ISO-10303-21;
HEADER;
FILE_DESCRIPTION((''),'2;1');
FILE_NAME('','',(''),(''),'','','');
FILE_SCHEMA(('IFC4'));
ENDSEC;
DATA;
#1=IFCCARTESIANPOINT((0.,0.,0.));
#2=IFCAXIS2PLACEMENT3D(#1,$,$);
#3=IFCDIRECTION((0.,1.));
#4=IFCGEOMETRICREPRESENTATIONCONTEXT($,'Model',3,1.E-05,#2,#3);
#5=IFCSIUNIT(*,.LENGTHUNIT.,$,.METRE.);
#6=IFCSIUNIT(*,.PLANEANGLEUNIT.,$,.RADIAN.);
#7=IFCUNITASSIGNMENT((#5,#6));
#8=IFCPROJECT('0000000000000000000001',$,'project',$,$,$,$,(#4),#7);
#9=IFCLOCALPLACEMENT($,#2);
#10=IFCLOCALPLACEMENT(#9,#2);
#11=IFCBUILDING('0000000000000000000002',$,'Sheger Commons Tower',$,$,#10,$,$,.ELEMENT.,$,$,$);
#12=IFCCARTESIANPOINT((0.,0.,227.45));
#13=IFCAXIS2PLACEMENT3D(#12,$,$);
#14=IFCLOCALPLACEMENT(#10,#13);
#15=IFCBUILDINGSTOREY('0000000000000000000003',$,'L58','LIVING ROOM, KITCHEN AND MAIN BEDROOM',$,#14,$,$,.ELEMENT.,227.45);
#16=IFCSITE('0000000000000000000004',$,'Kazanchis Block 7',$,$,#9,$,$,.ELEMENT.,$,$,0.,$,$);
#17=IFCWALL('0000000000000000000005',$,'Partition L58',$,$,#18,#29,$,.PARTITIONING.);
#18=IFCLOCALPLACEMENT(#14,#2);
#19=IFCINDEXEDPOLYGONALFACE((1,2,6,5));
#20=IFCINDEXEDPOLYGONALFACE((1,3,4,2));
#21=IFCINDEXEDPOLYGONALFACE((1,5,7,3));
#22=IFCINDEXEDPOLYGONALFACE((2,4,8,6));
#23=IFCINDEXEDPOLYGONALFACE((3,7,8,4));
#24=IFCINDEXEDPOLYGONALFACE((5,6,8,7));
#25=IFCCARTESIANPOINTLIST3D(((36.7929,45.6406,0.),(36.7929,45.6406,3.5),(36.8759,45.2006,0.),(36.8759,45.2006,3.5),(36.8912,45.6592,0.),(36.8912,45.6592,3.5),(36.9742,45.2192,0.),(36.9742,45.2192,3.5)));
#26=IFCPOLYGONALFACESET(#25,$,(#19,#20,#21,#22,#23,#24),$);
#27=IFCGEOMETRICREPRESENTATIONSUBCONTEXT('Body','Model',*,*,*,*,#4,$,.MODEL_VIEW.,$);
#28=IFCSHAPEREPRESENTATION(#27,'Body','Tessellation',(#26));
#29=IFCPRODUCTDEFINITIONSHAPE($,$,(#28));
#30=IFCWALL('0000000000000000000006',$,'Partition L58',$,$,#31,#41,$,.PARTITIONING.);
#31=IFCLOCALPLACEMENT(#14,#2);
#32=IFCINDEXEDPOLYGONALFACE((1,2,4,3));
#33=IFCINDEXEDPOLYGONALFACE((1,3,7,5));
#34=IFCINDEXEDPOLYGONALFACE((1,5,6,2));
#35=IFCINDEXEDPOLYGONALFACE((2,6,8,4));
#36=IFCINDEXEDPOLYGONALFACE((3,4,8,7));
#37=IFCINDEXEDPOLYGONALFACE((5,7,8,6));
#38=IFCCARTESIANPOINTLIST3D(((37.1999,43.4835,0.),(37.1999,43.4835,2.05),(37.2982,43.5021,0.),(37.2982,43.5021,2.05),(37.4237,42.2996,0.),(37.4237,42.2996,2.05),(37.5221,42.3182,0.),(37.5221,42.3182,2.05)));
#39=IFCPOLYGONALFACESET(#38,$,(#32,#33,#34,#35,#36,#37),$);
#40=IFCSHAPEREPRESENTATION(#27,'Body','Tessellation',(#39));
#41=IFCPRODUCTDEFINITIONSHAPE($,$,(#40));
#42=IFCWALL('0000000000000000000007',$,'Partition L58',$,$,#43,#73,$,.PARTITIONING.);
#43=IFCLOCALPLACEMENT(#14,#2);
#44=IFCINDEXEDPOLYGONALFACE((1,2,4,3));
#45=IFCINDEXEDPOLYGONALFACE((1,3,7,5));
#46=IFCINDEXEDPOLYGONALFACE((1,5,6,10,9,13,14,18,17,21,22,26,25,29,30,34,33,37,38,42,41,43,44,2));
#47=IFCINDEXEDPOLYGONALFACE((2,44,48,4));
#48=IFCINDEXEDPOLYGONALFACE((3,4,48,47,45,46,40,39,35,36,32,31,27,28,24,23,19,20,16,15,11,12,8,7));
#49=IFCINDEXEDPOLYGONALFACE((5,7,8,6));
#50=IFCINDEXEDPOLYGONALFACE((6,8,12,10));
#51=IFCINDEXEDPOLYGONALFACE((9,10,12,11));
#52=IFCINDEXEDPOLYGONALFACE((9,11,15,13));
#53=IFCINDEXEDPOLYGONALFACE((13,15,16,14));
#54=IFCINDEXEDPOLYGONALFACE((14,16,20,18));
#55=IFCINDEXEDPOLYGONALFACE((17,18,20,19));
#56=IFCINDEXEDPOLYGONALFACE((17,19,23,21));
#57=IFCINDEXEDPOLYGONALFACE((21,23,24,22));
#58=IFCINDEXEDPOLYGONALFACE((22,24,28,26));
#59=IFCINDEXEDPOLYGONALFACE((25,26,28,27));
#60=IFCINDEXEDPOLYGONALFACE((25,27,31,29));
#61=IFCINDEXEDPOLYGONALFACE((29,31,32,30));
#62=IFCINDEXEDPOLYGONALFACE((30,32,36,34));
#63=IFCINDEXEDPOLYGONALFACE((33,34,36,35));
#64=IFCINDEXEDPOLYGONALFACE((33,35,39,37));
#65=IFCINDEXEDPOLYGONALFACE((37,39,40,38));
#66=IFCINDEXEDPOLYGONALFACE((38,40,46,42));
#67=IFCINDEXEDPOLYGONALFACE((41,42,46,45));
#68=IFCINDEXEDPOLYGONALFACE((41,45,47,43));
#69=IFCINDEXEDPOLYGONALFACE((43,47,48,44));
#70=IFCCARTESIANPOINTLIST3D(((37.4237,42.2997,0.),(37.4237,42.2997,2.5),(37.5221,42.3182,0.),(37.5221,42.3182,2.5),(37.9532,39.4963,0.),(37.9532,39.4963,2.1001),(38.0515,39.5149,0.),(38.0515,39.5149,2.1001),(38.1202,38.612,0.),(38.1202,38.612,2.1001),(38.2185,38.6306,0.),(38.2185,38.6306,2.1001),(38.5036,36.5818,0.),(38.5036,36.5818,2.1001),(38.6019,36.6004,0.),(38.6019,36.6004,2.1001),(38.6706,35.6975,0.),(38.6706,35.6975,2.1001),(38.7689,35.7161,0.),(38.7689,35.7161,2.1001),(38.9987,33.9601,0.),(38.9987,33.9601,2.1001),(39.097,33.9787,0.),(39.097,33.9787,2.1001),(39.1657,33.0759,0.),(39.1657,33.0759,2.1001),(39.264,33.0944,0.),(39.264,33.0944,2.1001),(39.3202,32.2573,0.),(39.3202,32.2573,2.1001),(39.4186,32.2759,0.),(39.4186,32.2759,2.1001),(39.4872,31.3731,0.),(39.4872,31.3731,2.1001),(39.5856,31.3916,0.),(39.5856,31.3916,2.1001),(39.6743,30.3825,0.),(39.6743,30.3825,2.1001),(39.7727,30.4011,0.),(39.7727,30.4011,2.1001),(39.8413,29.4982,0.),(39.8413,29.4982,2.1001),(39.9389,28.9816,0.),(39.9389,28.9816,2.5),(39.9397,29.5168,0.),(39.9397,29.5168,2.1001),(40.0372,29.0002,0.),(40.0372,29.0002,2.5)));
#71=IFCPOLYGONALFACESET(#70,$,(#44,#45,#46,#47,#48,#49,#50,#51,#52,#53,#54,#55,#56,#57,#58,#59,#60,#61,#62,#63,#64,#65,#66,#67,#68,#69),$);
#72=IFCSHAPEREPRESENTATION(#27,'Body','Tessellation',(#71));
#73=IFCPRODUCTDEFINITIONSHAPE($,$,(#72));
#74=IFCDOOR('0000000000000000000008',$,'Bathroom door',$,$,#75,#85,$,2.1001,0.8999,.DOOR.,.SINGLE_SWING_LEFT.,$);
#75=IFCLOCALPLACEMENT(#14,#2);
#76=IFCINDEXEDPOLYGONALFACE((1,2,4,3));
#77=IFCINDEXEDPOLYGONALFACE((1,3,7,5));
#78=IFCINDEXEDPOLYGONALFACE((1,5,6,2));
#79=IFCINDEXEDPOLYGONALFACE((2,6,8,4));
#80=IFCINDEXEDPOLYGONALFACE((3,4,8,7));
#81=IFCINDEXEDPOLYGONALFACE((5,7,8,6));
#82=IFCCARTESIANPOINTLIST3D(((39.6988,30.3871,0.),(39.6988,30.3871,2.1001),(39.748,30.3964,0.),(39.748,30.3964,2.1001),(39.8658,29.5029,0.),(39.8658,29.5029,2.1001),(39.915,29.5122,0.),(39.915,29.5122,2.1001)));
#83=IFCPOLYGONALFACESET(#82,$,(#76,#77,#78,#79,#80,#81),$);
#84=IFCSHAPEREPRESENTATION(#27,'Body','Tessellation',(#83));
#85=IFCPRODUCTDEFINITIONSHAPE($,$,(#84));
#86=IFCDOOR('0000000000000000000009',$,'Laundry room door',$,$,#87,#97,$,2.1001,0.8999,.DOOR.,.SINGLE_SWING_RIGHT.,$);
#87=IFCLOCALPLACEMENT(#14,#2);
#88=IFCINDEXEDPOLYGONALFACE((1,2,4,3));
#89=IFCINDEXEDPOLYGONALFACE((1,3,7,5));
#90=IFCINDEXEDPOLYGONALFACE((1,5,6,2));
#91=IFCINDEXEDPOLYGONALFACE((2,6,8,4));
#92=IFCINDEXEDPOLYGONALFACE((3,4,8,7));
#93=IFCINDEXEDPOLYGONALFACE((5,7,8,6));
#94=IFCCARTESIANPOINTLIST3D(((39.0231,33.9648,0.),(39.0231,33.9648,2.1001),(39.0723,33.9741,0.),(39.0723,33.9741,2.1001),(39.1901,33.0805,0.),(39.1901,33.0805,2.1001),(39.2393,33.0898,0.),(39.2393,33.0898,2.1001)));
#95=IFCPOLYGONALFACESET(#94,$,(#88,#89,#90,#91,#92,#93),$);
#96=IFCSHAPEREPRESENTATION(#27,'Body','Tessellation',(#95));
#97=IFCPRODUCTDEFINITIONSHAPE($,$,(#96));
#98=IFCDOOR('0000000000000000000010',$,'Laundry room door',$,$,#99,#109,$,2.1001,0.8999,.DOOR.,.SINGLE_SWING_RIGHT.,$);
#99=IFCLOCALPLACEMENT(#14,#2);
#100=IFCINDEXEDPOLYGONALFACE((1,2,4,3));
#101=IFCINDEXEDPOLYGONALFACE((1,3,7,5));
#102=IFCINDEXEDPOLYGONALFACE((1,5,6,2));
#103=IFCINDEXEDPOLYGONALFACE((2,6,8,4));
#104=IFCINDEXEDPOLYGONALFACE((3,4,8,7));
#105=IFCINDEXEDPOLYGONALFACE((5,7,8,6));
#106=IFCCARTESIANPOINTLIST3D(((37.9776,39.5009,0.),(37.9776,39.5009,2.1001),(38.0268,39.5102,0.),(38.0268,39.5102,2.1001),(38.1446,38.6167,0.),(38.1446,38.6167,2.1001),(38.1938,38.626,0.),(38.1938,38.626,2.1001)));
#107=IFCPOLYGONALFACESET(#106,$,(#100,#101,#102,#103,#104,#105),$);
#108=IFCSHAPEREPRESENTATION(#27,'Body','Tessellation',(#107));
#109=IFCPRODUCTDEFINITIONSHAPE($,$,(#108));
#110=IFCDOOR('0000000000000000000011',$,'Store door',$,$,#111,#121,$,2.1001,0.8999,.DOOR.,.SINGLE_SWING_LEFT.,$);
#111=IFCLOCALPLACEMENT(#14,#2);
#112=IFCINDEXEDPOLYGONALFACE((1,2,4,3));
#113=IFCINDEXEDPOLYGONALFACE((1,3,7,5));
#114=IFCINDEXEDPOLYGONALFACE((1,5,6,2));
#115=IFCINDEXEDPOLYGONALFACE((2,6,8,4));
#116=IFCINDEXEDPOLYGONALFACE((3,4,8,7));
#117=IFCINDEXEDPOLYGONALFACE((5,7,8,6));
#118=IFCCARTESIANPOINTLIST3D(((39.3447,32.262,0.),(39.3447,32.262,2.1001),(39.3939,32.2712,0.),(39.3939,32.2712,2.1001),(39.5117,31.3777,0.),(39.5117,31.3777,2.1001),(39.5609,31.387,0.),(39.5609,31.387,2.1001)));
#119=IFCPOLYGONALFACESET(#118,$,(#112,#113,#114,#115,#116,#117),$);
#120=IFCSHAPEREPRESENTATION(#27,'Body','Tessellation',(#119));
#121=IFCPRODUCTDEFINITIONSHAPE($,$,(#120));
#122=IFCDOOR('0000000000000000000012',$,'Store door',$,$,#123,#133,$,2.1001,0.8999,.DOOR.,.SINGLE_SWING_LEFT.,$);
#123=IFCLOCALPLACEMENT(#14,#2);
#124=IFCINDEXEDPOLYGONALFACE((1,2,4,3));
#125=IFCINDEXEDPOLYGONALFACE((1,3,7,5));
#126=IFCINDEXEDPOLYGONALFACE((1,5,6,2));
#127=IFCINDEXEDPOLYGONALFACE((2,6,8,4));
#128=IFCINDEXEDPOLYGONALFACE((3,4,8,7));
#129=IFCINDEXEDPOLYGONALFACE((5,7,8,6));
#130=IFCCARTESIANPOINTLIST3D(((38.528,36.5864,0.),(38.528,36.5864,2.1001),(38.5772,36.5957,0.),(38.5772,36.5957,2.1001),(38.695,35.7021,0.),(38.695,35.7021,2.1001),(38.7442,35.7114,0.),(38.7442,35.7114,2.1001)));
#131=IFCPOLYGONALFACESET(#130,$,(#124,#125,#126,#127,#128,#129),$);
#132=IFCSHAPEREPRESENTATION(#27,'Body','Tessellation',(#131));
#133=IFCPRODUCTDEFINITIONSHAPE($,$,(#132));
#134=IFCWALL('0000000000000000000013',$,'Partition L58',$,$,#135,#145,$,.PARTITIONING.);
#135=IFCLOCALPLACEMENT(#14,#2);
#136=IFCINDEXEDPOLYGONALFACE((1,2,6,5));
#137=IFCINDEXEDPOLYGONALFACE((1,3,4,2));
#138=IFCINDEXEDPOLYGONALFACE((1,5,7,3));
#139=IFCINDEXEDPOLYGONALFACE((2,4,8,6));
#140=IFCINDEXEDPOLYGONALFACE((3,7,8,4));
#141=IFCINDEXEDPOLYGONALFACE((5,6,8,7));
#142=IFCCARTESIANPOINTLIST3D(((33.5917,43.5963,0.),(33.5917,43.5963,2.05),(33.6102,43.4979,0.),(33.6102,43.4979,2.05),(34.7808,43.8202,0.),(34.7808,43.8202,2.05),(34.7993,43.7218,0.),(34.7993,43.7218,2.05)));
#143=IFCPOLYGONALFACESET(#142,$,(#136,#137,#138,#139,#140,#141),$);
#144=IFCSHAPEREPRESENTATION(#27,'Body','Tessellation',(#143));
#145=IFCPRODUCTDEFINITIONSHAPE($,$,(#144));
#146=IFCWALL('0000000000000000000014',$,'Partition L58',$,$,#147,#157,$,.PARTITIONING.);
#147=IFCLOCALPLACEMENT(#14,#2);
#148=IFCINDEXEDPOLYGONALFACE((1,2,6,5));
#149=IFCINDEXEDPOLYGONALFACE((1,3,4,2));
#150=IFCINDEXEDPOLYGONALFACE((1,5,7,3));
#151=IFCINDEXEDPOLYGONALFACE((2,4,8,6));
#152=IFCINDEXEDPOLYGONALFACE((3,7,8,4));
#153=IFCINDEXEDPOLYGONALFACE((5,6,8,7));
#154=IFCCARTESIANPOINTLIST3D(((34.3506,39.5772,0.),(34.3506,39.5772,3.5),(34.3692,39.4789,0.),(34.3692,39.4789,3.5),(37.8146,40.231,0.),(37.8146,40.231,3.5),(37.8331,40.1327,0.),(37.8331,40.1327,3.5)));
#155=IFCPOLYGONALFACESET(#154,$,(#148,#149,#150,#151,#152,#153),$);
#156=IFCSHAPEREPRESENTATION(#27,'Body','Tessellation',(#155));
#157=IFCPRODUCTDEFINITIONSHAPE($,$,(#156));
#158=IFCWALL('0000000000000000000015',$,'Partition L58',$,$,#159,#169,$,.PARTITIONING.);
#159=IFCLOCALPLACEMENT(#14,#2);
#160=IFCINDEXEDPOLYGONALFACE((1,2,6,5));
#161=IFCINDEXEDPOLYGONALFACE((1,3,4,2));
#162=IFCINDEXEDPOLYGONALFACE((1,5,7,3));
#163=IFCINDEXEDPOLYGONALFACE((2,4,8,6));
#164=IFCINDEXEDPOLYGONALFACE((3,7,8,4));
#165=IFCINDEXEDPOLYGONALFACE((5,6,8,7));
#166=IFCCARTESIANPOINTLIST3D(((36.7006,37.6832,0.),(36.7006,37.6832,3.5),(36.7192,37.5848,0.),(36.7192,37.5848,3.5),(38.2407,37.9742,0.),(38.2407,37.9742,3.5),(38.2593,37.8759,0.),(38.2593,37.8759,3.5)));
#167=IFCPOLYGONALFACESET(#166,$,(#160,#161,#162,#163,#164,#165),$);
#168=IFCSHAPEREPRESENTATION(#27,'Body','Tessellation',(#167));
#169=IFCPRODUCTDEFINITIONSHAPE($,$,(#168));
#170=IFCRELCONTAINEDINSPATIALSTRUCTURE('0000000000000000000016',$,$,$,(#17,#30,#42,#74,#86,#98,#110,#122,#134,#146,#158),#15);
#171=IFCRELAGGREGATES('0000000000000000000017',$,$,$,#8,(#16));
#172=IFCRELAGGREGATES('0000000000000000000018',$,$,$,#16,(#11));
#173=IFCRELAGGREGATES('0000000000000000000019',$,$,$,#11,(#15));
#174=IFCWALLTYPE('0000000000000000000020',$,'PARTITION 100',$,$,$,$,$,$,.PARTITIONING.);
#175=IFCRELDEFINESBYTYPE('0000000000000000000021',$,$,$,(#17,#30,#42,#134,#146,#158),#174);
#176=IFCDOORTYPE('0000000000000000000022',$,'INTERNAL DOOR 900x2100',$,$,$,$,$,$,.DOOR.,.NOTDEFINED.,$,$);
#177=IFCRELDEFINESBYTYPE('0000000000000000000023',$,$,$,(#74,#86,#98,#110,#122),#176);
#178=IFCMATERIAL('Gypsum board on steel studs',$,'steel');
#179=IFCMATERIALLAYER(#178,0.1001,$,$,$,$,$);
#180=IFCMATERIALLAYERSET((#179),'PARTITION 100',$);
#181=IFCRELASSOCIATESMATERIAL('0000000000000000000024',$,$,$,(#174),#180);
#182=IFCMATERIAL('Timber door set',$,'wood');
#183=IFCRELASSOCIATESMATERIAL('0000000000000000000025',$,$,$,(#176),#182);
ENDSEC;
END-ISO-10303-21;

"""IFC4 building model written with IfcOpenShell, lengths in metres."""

from ifc_helpers import new_model, si_unit, direction, frame, frame_2d, origin, place, context, subcontext, project, spatial, rectangle, extrude, material, layer, layer_set, type_object, element, fill, save


model = new_model("IFC4")

# Units and contexts
model_context = context("Model", 3, precision=1e-05, world=origin(), true_north=direction((0.0, 1.0)))
body_context = subcontext(model_context, "Body", "Model", "MODEL_VIEW")
ifc_project = project(units=[si_unit("LENGTHUNIT", "METRE"), si_unit("PLANEANGLEUNIT", "RADIAN")], contexts=[model_context])

# Site, building, storey
site_placement = place(None, origin())
site = spatial("IfcSite", under=ifc_project, at=site_placement, Name="Kazanchis Block 7", CompositionType="ELEMENT", RefElevation=0.0)
building_placement = place(site_placement, origin())
building = spatial("IfcBuilding", under=site, at=building_placement, Name="Sheger Commons Tower", CompositionType="ELEMENT")
storey_placement = place(building_placement, frame((0.0, 0.0, 227.45)))
storey = spatial("IfcBuildingStorey", under=building, at=storey_placement, Name="L58", Description="LIVING ROOM, KITCHEN AND MAIN BEDROOM", CompositionType="ELEMENT", Elevation=227.45)

# Walls
ifc_material_1 = material(Name="Gypsum board on steel studs", Category="steel")
ifc_layer_1 = layer(ifc_material_1, 0.1001)
ifc_layer_set_1 = layer_set([ifc_layer_1], Name="PARTITION 100")
wall_type_1 = type_object("IfcWallType", Name="PARTITION 100", PredefinedType="PARTITIONING", material=ifc_layer_set_1)
wall_1_placement = place(storey_placement, frame((36.842, 45.6499, 0.0), z_axis=(0.0, 0.0, 1.0), x_axis=(0.185408, -0.982662, 0.0)))
element("IfcWall", 1, at=wall_1_placement, inside=storey, type_object=wall_type_1, Name="Partition L58", PredefinedType="PARTITIONING", context=body_context, shape_type="SweptSolid", body=[
    extrude(rectangle(XDim=0.4478, YDim=0.1001, at=frame_2d((0.2239, 0.0))), origin(), (0.0, 0.0, 1.0), 3.5),
])
wall_2_placement = place(storey_placement, frame((37.249, 43.4929, 0.0), z_axis=(0.0, 0.0, 1.0), x_axis=(0.185818, -0.982584, 0.0)))
element("IfcWall", 2, at=wall_2_placement, inside=storey, type_object=wall_type_1, Name="Partition L58", PredefinedType="PARTITIONING", context=body_context, shape_type="SweptSolid", body=[
    extrude(rectangle(XDim=1.2048, YDim=0.1001, at=frame_2d((0.6025, 0.0))), origin(), (0.0, 0.0, 1.0), 2.05),
])

# Wall, openings, doors
wall_3_placement = place(storey_placement, frame((37.4729, 42.3091, 0.0), z_axis=(0.0, 0.0, 1.0), x_axis=(0.185571, -0.982631, 0.0)))
wall_3 = element("IfcWall", 3, at=wall_3_placement, inside=storey, type_object=wall_type_1, Name="Partition L58", PredefinedType="PARTITIONING", context=body_context, shape_type="SweptSolid", body=[
    extrude(rectangle(XDim=13.5535, YDim=0.1001, at=frame_2d((6.7769, 0.0))), origin(), (0.0, 0.0, 1.0), 2.5),
])
opening_1_placement = place(wall_3_placement, frame((12.1279, 0.0, 0.0)))
opening_1 = element("IfcOpeningElement", 4, at=opening_1_placement, cuts=wall_3, PredefinedType="OPENING", context=body_context, shape_type="SweptSolid", body=[
    extrude(rectangle(XDim=0.8999, YDim=2.1001, at=frame_2d((0.45, 1.05))), frame((0.0, 0.0601, 0.0), z_axis=(0.0, -1.0, 0.0), x_axis=(1.0, 0.0, 0.0)), (0.0, 0.0, 1.0), 0.1201),
])
opening_2_placement = place(wall_3_placement, frame((8.4871, 0.0, 0.0)))
opening_2 = element("IfcOpeningElement", 5, at=opening_2_placement, cuts=wall_3, PredefinedType="OPENING", context=body_context, shape_type="SweptSolid", body=[
    extrude(rectangle(XDim=0.8999, YDim=2.1001, at=frame_2d((0.45, 1.05))), frame((0.0, 0.0601, 0.0), z_axis=(0.0, -1.0, 0.0), x_axis=(1.0, 0.0, 0.0)), (0.0, 0.0, 1.0), 0.1201),
])
opening_3_placement = place(wall_3_placement, frame((2.853, 0.0, 0.0)))
opening_3 = element("IfcOpeningElement", 6, at=opening_3_placement, cuts=wall_3, PredefinedType="OPENING", context=body_context, shape_type="SweptSolid", body=[
    extrude(rectangle(XDim=0.8999, YDim=2.1001, at=frame_2d((0.45, 1.05))), frame((0.0, 0.0601, 0.0), z_axis=(0.0, -1.0, 0.0), x_axis=(1.0, 0.0, 0.0)), (0.0, 0.0, 1.0), 0.1201),
])
opening_4_placement = place(wall_3_placement, frame((10.22, 0.0, 0.0)))
opening_4 = element("IfcOpeningElement", 7, at=opening_4_placement, cuts=wall_3, PredefinedType="OPENING", context=body_context, shape_type="SweptSolid", body=[
    extrude(rectangle(XDim=0.8999, YDim=2.1001, at=frame_2d((0.45, 1.05))), frame((0.0, 0.0601, 0.0), z_axis=(0.0, -1.0, 0.0), x_axis=(1.0, 0.0, 0.0)), (0.0, 0.0, 1.0), 0.1201),
])
opening_5_placement = place(wall_3_placement, frame((5.8191, 0.0, 0.0)))
opening_5 = element("IfcOpeningElement", 8, at=opening_5_placement, cuts=wall_3, PredefinedType="OPENING", context=body_context, shape_type="SweptSolid", body=[
    extrude(rectangle(XDim=0.8999, YDim=2.1001, at=frame_2d((0.45, 1.05))), frame((0.0, 0.0601, 0.0), z_axis=(0.0, -1.0, 0.0), x_axis=(1.0, 0.0, 0.0)), (0.0, 0.0, 1.0), 0.1201),
])
ifc_material_2 = material(Name="Timber door set", Category="wood")
door_type_1 = type_object("IfcDoorType", Name="INTERNAL DOOR 900x2100", OperationType="NOTDEFINED", PredefinedType="DOOR", material=ifc_material_2)
door_1_placement = place(opening_1_placement, origin())
door_1 = element("IfcDoor", 9, at=door_1_placement, inside=storey, type_object=door_type_1, Name="Bathroom door", OperationType="SINGLE_SWING_LEFT", OverallHeight=2.1001, OverallWidth=0.8999, PredefinedType="DOOR", context=body_context, shape_type="SweptSolid", body=[
    extrude(rectangle(XDim=0.8999, YDim=2.1001, at=frame_2d((0.45, 1.05))), frame((0.0, 0.0249, 0.0), z_axis=(0.0, -1.0, 0.0), x_axis=(1.0, 0.0, 0.0)), (0.0, 0.0, 1.0), 0.05),
])
fill(opening_1, door_1)
door_2_placement = place(opening_2_placement, origin())
door_2 = element("IfcDoor", 10, at=door_2_placement, inside=storey, type_object=door_type_1, Name="Laundry room door", OperationType="SINGLE_SWING_RIGHT", OverallHeight=2.1001, OverallWidth=0.8999, PredefinedType="DOOR", context=body_context, shape_type="SweptSolid", body=[
    extrude(rectangle(XDim=0.8999, YDim=2.1001, at=frame_2d((0.45, 1.05))), frame((0.0, 0.0249, 0.0), z_axis=(0.0, -1.0, 0.0), x_axis=(1.0, 0.0, 0.0)), (0.0, 0.0, 1.0), 0.05),
])
fill(opening_2, door_2)
door_3_placement = place(opening_3_placement, origin())
door_3 = element("IfcDoor", 11, at=door_3_placement, inside=storey, type_object=door_type_1, Name="Laundry room door", OperationType="SINGLE_SWING_RIGHT", OverallHeight=2.1001, OverallWidth=0.8999, PredefinedType="DOOR", context=body_context, shape_type="SweptSolid", body=[
    extrude(rectangle(XDim=0.8999, YDim=2.1001, at=frame_2d((0.45, 1.05))), frame((0.0, 0.0249, 0.0), z_axis=(0.0, -1.0, 0.0), x_axis=(1.0, 0.0, 0.0)), (0.0, 0.0, 1.0), 0.05),
])
fill(opening_3, door_3)
door_4_placement = place(opening_4_placement, origin())
door_4 = element("IfcDoor", 12, at=door_4_placement, inside=storey, type_object=door_type_1, Name="Store door", OperationType="SINGLE_SWING_LEFT", OverallHeight=2.1001, OverallWidth=0.8999, PredefinedType="DOOR", context=body_context, shape_type="SweptSolid", body=[
    extrude(rectangle(XDim=0.8999, YDim=2.1001, at=frame_2d((0.45, 1.05))), frame((0.0, 0.0249, 0.0), z_axis=(0.0, -1.0, 0.0), x_axis=(1.0, 0.0, 0.0)), (0.0, 0.0, 1.0), 0.05),
])
fill(opening_4, door_4)
door_5_placement = place(opening_5_placement, origin())
door_5 = element("IfcDoor", 13, at=door_5_placement, inside=storey, type_object=door_type_1, Name="Store door", OperationType="SINGLE_SWING_LEFT", OverallHeight=2.1001, OverallWidth=0.8999, PredefinedType="DOOR", context=body_context, shape_type="SweptSolid", body=[
    extrude(rectangle(XDim=0.8999, YDim=2.1001, at=frame_2d((0.45, 1.05))), frame((0.0, 0.0249, 0.0), z_axis=(0.0, -1.0, 0.0), x_axis=(1.0, 0.0, 0.0)), (0.0, 0.0, 1.0), 0.05),
])
fill(opening_5, door_5)

# Walls
wall_4_placement = place(storey_placement, frame((34.79, 43.771, 0.0), z_axis=(0.0, 0.0, 1.0), x_axis=(-0.98273, -0.185044, 0.0)))
element("IfcWall", 14, at=wall_4_placement, inside=storey, type_object=wall_type_1, Name="Partition L58", PredefinedType="PARTITIONING", context=body_context, shape_type="SweptSolid", body=[
    extrude(rectangle(XDim=1.21, YDim=0.1001, at=frame_2d((0.605, 0.0))), origin(), (0.0, 0.0, 1.0), 2.05),
])
wall_5_placement = place(storey_placement, frame((37.824, 40.1819, 0.0), z_axis=(0.0, 0.0, 1.0), x_axis=(-0.982649, -0.185476, 0.0)))
element("IfcWall", 15, at=wall_5_placement, inside=storey, type_object=wall_type_1, Name="Partition L58", PredefinedType="PARTITIONING", context=body_context, shape_type="SweptSolid", body=[
    extrude(rectangle(XDim=3.5251, YDim=0.1001, at=frame_2d((1.7627, 0.0))), origin(), (0.0, 0.0, 1.0), 3.5),
])
wall_6_placement = place(storey_placement, frame((38.25, 37.925, 0.0), z_axis=(0.0, 0.0, 1.0), x_axis=(-0.98261, -0.18568, 0.0)))
element("IfcWall", 16, at=wall_6_placement, inside=storey, type_object=wall_type_1, Name="Partition L58", PredefinedType="PARTITIONING", context=body_context, shape_type="SweptSolid", body=[
    extrude(rectangle(XDim=1.5674, YDim=0.1001, at=frame_2d((0.7837, 0.0))), origin(), (0.0, 0.0, 1.0), 3.5),
])

save(model, "model.ifc")
